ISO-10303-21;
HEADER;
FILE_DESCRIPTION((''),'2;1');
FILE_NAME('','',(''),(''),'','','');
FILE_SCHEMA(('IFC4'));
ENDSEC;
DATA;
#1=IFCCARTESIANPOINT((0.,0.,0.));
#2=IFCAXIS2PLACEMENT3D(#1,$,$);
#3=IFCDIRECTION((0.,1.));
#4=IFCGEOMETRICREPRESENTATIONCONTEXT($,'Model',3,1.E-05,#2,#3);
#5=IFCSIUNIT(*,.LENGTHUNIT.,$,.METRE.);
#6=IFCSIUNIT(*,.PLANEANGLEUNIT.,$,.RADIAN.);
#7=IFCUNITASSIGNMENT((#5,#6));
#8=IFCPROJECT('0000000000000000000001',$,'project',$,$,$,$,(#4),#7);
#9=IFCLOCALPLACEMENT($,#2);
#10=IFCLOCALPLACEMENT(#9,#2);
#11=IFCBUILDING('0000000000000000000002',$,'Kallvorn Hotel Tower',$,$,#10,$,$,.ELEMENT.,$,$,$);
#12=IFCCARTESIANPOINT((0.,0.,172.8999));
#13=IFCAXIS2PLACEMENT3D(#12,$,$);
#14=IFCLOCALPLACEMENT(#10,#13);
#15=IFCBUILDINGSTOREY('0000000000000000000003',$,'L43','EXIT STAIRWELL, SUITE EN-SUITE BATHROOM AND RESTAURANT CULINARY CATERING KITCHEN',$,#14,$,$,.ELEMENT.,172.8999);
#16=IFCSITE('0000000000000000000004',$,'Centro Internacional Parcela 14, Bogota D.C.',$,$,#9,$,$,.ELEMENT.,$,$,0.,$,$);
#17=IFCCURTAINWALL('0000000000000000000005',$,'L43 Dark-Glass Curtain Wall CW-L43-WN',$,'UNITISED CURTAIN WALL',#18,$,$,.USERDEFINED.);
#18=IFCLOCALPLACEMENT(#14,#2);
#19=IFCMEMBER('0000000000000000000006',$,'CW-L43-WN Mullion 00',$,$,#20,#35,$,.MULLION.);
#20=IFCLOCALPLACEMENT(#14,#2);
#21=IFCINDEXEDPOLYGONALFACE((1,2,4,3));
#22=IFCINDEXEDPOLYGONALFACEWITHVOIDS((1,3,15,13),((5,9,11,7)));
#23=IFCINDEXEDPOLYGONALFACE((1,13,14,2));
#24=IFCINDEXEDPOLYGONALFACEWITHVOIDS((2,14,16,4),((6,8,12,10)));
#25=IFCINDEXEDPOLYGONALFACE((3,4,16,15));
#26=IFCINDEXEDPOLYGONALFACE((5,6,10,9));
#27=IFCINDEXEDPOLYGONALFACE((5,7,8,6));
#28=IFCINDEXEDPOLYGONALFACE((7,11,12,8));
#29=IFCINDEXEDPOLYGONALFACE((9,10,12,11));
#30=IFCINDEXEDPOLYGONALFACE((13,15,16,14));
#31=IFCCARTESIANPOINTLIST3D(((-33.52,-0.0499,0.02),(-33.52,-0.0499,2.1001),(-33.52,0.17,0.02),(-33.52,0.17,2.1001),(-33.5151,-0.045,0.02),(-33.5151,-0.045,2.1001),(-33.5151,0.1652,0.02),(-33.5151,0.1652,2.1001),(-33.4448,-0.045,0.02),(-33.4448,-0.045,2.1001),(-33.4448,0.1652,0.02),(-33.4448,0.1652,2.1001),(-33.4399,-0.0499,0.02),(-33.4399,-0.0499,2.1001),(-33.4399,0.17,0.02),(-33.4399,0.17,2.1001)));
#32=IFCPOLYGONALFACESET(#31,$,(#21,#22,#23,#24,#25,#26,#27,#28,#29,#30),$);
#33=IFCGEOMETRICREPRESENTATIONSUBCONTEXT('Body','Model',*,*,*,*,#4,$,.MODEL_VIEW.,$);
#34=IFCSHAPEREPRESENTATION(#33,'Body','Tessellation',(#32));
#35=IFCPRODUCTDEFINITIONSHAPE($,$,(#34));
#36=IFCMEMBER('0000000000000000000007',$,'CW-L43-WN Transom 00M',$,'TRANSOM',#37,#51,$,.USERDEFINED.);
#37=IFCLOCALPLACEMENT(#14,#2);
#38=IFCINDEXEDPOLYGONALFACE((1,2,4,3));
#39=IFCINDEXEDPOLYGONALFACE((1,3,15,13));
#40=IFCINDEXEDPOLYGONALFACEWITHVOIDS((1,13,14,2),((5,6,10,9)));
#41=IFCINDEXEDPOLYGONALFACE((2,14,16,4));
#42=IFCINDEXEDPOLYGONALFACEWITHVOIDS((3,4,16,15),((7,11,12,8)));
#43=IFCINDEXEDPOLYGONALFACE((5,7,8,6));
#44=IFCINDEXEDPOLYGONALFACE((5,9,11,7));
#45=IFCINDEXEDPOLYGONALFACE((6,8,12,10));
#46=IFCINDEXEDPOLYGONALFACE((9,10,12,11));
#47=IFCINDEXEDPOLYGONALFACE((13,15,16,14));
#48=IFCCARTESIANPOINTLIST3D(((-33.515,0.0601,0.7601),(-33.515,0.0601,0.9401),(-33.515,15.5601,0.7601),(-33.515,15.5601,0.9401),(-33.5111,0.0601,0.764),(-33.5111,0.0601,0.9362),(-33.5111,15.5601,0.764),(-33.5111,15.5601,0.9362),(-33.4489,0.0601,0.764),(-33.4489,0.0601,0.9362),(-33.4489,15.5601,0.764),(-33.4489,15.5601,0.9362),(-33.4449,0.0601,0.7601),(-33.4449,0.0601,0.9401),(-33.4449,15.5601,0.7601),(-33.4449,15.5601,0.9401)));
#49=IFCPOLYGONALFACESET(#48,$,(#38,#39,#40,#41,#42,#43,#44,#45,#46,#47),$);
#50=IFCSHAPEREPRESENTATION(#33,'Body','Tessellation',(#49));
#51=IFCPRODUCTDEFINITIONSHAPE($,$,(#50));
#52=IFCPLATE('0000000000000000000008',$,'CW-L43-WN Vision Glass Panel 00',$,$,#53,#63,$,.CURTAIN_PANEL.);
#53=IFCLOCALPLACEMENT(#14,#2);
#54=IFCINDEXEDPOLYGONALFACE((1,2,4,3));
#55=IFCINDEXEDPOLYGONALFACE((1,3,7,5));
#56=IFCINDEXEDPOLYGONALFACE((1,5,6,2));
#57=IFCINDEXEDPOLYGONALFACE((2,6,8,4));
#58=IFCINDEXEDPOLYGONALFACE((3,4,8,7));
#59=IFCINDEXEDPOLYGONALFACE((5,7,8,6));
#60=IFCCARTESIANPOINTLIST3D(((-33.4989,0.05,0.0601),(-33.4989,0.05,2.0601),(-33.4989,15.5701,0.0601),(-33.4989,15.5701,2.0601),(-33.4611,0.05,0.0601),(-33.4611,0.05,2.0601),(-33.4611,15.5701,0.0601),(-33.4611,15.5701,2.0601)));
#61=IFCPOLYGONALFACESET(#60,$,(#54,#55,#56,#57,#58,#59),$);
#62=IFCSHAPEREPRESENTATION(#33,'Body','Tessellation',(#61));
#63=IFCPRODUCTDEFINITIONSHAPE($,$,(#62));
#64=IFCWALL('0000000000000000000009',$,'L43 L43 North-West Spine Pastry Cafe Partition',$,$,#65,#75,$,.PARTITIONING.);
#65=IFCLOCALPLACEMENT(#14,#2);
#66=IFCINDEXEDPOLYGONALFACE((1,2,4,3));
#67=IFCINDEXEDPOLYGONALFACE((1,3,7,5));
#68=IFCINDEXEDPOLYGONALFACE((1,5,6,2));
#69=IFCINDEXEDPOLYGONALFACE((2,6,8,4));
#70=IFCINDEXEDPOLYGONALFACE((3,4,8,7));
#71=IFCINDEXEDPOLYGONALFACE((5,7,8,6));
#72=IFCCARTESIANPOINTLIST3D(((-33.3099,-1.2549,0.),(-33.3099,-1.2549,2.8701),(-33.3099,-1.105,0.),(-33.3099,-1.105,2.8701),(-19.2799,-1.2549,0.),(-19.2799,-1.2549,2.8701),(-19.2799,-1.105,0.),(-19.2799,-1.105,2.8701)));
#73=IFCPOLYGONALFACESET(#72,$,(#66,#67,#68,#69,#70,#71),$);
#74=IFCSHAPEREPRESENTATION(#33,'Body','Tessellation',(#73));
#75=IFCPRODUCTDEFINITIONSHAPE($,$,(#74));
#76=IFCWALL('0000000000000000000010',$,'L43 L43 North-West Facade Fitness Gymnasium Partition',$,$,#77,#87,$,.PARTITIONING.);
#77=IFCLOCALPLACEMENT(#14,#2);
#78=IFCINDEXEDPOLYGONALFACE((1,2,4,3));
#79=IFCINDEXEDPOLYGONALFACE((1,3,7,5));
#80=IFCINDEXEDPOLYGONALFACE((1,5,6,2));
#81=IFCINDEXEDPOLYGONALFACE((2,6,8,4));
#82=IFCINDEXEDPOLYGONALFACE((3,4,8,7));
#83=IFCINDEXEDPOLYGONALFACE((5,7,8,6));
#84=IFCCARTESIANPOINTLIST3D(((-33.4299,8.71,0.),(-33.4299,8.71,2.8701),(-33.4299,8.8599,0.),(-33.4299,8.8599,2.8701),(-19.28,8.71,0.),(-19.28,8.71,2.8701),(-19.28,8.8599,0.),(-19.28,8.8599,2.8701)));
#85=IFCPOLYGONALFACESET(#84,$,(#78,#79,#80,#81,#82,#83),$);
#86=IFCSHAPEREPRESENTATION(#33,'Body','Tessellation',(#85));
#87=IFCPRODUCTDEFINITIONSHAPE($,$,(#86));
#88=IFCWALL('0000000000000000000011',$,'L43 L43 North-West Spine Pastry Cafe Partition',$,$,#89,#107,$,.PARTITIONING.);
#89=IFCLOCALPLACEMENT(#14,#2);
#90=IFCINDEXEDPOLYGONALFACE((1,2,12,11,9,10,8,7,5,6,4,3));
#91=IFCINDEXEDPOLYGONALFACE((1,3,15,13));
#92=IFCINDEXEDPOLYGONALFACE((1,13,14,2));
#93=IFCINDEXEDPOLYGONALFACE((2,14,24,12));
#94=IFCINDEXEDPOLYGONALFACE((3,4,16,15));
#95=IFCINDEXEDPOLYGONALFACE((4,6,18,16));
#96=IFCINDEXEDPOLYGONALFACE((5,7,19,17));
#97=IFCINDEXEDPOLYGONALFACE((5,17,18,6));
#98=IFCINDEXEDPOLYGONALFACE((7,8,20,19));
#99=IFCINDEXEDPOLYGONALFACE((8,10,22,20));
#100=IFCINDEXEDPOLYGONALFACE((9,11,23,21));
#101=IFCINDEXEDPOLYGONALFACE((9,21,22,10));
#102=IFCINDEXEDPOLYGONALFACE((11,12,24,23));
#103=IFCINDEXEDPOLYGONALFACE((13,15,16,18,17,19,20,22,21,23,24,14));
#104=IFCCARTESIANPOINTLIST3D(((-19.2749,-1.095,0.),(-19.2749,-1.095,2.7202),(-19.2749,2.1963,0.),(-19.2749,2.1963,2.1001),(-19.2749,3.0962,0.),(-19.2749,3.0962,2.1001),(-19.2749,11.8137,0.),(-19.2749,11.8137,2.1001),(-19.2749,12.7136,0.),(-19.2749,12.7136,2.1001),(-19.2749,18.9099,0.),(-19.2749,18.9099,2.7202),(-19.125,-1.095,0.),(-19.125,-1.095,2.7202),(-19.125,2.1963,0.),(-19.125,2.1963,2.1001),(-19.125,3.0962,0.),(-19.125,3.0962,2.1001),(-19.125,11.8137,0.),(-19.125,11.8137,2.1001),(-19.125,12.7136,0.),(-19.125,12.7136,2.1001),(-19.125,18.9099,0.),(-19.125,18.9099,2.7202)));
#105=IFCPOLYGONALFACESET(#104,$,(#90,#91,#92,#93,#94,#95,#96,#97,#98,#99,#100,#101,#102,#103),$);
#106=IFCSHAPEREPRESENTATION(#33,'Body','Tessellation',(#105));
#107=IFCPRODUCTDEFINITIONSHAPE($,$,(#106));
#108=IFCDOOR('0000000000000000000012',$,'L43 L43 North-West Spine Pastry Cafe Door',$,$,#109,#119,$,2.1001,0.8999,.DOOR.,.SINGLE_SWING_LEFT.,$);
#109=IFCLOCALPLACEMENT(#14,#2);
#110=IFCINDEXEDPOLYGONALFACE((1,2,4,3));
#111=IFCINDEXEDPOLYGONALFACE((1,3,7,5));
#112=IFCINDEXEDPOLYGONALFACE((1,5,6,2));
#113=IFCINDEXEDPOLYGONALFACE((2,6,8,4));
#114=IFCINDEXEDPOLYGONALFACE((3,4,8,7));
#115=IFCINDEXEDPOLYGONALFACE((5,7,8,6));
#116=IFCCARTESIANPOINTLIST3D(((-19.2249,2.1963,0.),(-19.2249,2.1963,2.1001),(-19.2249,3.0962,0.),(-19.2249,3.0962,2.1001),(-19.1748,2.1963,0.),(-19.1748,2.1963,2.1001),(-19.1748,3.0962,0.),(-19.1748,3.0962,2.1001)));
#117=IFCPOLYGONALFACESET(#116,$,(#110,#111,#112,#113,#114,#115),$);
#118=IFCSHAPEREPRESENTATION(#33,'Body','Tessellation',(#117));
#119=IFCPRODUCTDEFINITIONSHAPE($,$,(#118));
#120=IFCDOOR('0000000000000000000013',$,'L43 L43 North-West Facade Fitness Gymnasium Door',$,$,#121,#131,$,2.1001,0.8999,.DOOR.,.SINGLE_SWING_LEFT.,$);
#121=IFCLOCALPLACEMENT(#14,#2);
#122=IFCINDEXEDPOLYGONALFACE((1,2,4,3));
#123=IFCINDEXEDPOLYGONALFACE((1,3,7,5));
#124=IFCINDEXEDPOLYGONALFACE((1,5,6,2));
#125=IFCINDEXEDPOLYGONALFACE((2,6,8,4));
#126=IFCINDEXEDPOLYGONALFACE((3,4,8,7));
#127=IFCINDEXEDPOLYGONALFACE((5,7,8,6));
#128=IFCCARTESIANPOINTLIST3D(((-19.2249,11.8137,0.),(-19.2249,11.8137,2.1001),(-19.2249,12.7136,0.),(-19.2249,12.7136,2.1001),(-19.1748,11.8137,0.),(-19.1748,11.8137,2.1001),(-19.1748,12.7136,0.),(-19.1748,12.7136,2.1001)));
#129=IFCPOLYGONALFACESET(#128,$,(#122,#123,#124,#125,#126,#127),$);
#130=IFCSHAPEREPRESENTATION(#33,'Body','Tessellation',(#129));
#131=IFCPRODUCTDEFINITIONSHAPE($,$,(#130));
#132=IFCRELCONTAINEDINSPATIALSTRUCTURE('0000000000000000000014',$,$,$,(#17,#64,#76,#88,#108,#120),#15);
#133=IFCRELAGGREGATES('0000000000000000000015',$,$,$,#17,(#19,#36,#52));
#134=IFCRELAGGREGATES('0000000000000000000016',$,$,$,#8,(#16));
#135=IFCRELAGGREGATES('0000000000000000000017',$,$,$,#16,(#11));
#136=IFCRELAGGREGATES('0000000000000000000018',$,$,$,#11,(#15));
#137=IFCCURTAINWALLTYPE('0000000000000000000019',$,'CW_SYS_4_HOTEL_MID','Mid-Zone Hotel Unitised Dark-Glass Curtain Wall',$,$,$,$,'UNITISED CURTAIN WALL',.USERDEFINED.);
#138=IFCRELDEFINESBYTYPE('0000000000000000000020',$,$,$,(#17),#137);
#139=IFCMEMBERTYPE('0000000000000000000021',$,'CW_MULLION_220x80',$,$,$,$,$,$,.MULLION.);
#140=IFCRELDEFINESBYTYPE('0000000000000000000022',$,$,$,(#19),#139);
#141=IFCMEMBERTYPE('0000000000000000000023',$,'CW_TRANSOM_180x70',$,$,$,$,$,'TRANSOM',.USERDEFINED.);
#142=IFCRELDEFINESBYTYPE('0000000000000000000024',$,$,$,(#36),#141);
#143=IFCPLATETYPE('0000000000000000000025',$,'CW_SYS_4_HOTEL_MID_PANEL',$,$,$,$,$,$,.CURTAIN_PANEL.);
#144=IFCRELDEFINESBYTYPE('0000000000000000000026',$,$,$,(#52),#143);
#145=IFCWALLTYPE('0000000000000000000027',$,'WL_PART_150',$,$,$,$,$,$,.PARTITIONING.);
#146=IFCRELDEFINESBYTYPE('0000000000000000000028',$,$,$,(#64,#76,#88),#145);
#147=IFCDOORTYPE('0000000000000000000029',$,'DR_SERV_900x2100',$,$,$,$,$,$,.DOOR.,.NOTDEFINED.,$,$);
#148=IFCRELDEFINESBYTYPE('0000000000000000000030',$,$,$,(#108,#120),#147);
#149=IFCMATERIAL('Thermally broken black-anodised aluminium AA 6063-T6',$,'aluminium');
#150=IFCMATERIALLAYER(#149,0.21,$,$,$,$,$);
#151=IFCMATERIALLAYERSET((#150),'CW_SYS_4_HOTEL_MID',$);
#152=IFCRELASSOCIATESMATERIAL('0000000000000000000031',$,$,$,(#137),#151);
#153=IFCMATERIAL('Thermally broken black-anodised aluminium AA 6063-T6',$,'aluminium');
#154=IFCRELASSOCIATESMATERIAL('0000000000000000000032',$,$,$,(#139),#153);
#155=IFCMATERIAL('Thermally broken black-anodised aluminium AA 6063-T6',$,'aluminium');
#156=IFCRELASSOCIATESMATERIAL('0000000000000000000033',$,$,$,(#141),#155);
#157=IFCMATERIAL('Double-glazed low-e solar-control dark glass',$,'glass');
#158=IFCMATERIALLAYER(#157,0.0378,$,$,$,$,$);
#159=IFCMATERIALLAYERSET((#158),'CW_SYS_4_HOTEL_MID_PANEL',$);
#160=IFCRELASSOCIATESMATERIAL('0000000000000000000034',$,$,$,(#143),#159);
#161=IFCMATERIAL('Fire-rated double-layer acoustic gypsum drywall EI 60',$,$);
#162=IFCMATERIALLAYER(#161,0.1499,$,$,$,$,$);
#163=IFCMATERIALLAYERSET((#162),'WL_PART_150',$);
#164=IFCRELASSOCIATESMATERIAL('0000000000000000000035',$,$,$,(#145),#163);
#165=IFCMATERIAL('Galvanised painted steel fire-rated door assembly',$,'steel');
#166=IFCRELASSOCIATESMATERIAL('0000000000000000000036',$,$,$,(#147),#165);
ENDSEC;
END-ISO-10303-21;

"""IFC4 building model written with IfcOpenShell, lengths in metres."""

from ifc_helpers import new_model, si_unit, direction, frame, frame_2d, origin, origin_2d, place, context, subcontext, project, spatial, rectangle, hollow_rectangle, extrude, material, layer, layer_set, material_profile, profile_set, type_object, element, fill, aggregate, save


model = new_model("IFC4")

# Units and contexts
model_context = context("Model", 3, precision=1e-05, world=origin(), true_north=direction((0.0, 1.0)))
body_context = subcontext(model_context, "Body", "Model", "MODEL_VIEW")
ifc_project = project(units=[si_unit("LENGTHUNIT", "METRE"), si_unit("PLANEANGLEUNIT", "RADIAN")], contexts=[model_context])

# Site, building, storey
site_placement = place(None, origin())
site = spatial("IfcSite", under=ifc_project, at=site_placement, Name="Centro Internacional Parcela 14, Bogota D.C.", CompositionType="ELEMENT", RefElevation=0.0)
building_placement = place(site_placement, origin())
building = spatial("IfcBuilding", under=site, at=building_placement, Name="Kallvorn Hotel Tower", CompositionType="ELEMENT")
storey_placement = place(building_placement, frame((0.0, 0.0, 172.8999)))
storey = spatial("IfcBuildingStorey", under=building, at=storey_placement, Name="L43", Description="EXIT STAIRWELL, SUITE EN-SUITE BATHROOM AND RESTAURANT CULINARY CATERING KITCHEN", CompositionType="ELEMENT", Elevation=172.8999)

# Curtain wall, members, plate
ifc_material_1 = material(Name="Thermally broken black-anodised aluminium AA 6063-T6", Category="aluminium")
ifc_layer_1 = layer(ifc_material_1, 0.21)
ifc_layer_set_1 = layer_set([ifc_layer_1], Name="CW_SYS_4_HOTEL_MID")
curtain_wall_type = type_object("IfcCurtainWallType", Name="CW_SYS_4_HOTEL_MID", Description="Mid-Zone Hotel Unitised Dark-Glass Curtain Wall", ElementType="UNITISED CURTAIN WALL", PredefinedType="USERDEFINED", material=ifc_layer_set_1)
curtain_wall_placement = place(storey_placement, origin())
curtain_wall = element("IfcCurtainWall", 1, at=curtain_wall_placement, inside=storey, type_object=curtain_wall_type, Name="L43 Dark-Glass Curtain Wall CW-L43-WN", ObjectType="UNITISED CURTAIN WALL", PredefinedType="USERDEFINED")
ifc_material_2 = material(Name="Thermally broken black-anodised aluminium AA 6063-T6", Category="aluminium")
ifc_material_profile_1 = material_profile(ifc_material_2, hollow_rectangle(XDim=0.0801, YDim=0.22, WallThickness=0.0049, at=origin_2d()), Name="MUL 220x80")
ifc_profile_set_1 = profile_set([ifc_material_profile_1], Name="Thermally broken black-anodised aluminium AA 6063-T6")
member_type_1 = type_object("IfcMemberType", Name="CW_MULLION_220x80", PredefinedType="MULLION", material=ifc_profile_set_1)
member_1_placement = place(storey_placement, frame((-33.48, 0.0601, 0.02), z_axis=(0.0, 0.0, 1.0), x_axis=(1.0, 0.0, 0.0)))
member_1 = element("IfcMember", 2, at=member_1_placement, type_object=member_type_1, Name="CW-L43-WN Mullion 00", PredefinedType="MULLION", context=body_context, shape_type="SweptSolid", body=[
    extrude(hollow_rectangle(XDim=0.0801, YDim=0.22, WallThickness=0.0049, at=origin_2d()), origin(), (0.0, 0.0, 1.0), 2.0801),
])
ifc_material_3 = material(Name="Thermally broken black-anodised aluminium AA 6063-T6", Category="aluminium")
ifc_material_profile_2 = material_profile(ifc_material_3, hollow_rectangle(XDim=0.0701, YDim=0.1799, WallThickness=0.0039, at=origin_2d()), Name="TRN 180x70")
ifc_profile_set_2 = profile_set([ifc_material_profile_2], Name="Thermally broken black-anodised aluminium AA 6063-T6")
member_type_2 = type_object("IfcMemberType", Name="CW_TRANSOM_180x70", ElementType="TRANSOM", PredefinedType="USERDEFINED", material=ifc_profile_set_2)
member_2_placement = place(storey_placement, frame((-33.48, 0.0601, 0.8501), z_axis=(0.0, 1.0, 0.0), x_axis=(-1.0, 0.0, 0.0)))
member_2 = element("IfcMember", 3, at=member_2_placement, type_object=member_type_2, Name="CW-L43-WN Transom 00M", ObjectType="TRANSOM", PredefinedType="USERDEFINED", context=body_context, shape_type="SweptSolid", body=[
    extrude(hollow_rectangle(XDim=0.0701, YDim=0.1799, WallThickness=0.0039, at=origin_2d()), origin(), (0.0, 0.0, 1.0), 15.5),
])
ifc_material_4 = material(Name="Double-glazed low-e solar-control dark glass", Category="glass")
ifc_layer_2 = layer(ifc_material_4, 0.0378)
ifc_layer_set_2 = layer_set([ifc_layer_2], Name="CW_SYS_4_HOTEL_MID_PANEL")
plate_type = type_object("IfcPlateType", Name="CW_SYS_4_HOTEL_MID_PANEL", PredefinedType="CURTAIN_PANEL", material=ifc_layer_set_2)
plate_placement = place(storey_placement, frame((-33.48, 7.8101, 0.0601), z_axis=(0.0, 0.0, 1.0), x_axis=(0.0, 1.0, 0.0)))
plate = element("IfcPlate", 4, at=plate_placement, type_object=plate_type, Name="CW-L43-WN Vision Glass Panel 00", PredefinedType="CURTAIN_PANEL", context=body_context, shape_type="SweptSolid", body=[
    extrude(rectangle(XDim=15.52, YDim=0.0378, at=origin_2d()), origin(), (0.0, 0.0, 1.0), 2.0),
])
aggregate(curtain_wall, [member_1, member_2, plate])

# Walls
ifc_material_5 = material(Name="Fire-rated double-layer acoustic gypsum drywall EI 60")
ifc_layer_3 = layer(ifc_material_5, 0.1499)
ifc_layer_set_3 = layer_set([ifc_layer_3], Name="WL_PART_150")
wall_type = type_object("IfcWallType", Name="WL_PART_150", PredefinedType="PARTITIONING", material=ifc_layer_set_3)
wall_1_placement = place(storey_placement, frame((-33.3101, -1.1799, 0.0), z_axis=(0.0, 0.0, 1.0), x_axis=(1.0, 0.0, 0.0)))
element("IfcWall", 5, at=wall_1_placement, inside=storey, type_object=wall_type, Name="L43 L43 North-West Spine Pastry Cafe Partition", PredefinedType="PARTITIONING", context=body_context, shape_type="SweptSolid", body=[
    extrude(rectangle(XDim=14.03, YDim=0.1499, at=frame_2d((7.0151, 0.0))), origin(), (0.0, 0.0, 1.0), 2.8701),
])
wall_2_placement = place(storey_placement, frame((-33.4299, 8.7849, 0.0), z_axis=(0.0, 0.0, 1.0), x_axis=(1.0, 0.0, 0.0)))
element("IfcWall", 6, at=wall_2_placement, inside=storey, type_object=wall_type, Name="L43 L43 North-West Facade Fitness Gymnasium Partition", PredefinedType="PARTITIONING", context=body_context, shape_type="SweptSolid", body=[
    extrude(rectangle(XDim=14.1499, YDim=0.1499, at=frame_2d((7.075, 0.0))), origin(), (0.0, 0.0, 1.0), 2.8701),
])

# Wall, openings, doors
wall_3_placement = place(storey_placement, frame((-19.2, -1.095, 0.0), z_axis=(0.0, 0.0, 1.0), x_axis=(0.0, 1.0, 0.0)))
wall_3 = element("IfcWall", 7, at=wall_3_placement, inside=storey, type_object=wall_type, Name="L43 L43 North-West Spine Pastry Cafe Partition", PredefinedType="PARTITIONING", context=body_context, shape_type="SweptSolid", body=[
    extrude(rectangle(XDim=20.0049, YDim=0.1499, at=frame_2d((10.0024, 0.0))), origin(), (0.0, 0.0, 1.0), 2.7202),
])
opening_1_placement = place(wall_3_placement, frame((3.2913, 0.0, 0.0)))
opening_1 = element("IfcOpeningElement", 8, at=opening_1_placement, cuts=wall_3, PredefinedType="OPENING", context=body_context, shape_type="SweptSolid", body=[
    extrude(rectangle(XDim=0.8999, YDim=2.1001, at=frame_2d((0.45, 1.05))), frame((0.0, 0.0898, 0.0), z_axis=(0.0, -1.0, 0.0), x_axis=(1.0, 0.0, 0.0)), (0.0, 0.0, 1.0), 0.1799),
])
opening_2_placement = place(wall_3_placement, frame((12.9087, 0.0, 0.0)))
opening_2 = element("IfcOpeningElement", 9, at=opening_2_placement, cuts=wall_3, PredefinedType="OPENING", context=body_context, shape_type="SweptSolid", body=[
    extrude(rectangle(XDim=0.8999, YDim=2.1001, at=frame_2d((0.45, 1.05))), frame((0.0, 0.0898, 0.0), z_axis=(0.0, -1.0, 0.0), x_axis=(1.0, 0.0, 0.0)), (0.0, 0.0, 1.0), 0.1799),
])
ifc_material_6 = material(Name="Galvanised painted steel fire-rated door assembly", Category="steel")
door_type = type_object("IfcDoorType", Name="DR_SERV_900x2100", OperationType="NOTDEFINED", PredefinedType="DOOR", material=ifc_material_6)
door_1_placement = place(opening_1_placement, origin())
door_1 = element("IfcDoor", 10, at=door_1_placement, inside=storey, type_object=door_type, Name="L43 L43 North-West Spine Pastry Cafe Door", OperationType="SINGLE_SWING_LEFT", OverallHeight=2.1001, OverallWidth=0.8999, PredefinedType="DOOR", context=body_context, shape_type="SweptSolid", body=[
    extrude(rectangle(XDim=0.8999, YDim=2.1001, at=frame_2d((0.45, 1.05))), frame((0.0, 0.0249, 0.0), z_axis=(0.0, -1.0, 0.0), x_axis=(1.0, 0.0, 0.0)), (0.0, 0.0, 1.0), 0.05),
])
fill(opening_1, door_1)
door_2_placement = place(opening_2_placement, origin())
door_2 = element("IfcDoor", 11, at=door_2_placement, inside=storey, type_object=door_type, Name="L43 L43 North-West Facade Fitness Gymnasium Door", OperationType="SINGLE_SWING_LEFT", OverallHeight=2.1001, OverallWidth=0.8999, PredefinedType="DOOR", context=body_context, shape_type="SweptSolid", body=[
    extrude(rectangle(XDim=0.8999, YDim=2.1001, at=frame_2d((0.45, 1.05))), frame((0.0, 0.0249, 0.0), z_axis=(0.0, -1.0, 0.0), x_axis=(1.0, 0.0, 0.0)), (0.0, 0.0, 1.0), 0.05),
])
fill(opening_2, door_2)

save(model, "model.ifc")
